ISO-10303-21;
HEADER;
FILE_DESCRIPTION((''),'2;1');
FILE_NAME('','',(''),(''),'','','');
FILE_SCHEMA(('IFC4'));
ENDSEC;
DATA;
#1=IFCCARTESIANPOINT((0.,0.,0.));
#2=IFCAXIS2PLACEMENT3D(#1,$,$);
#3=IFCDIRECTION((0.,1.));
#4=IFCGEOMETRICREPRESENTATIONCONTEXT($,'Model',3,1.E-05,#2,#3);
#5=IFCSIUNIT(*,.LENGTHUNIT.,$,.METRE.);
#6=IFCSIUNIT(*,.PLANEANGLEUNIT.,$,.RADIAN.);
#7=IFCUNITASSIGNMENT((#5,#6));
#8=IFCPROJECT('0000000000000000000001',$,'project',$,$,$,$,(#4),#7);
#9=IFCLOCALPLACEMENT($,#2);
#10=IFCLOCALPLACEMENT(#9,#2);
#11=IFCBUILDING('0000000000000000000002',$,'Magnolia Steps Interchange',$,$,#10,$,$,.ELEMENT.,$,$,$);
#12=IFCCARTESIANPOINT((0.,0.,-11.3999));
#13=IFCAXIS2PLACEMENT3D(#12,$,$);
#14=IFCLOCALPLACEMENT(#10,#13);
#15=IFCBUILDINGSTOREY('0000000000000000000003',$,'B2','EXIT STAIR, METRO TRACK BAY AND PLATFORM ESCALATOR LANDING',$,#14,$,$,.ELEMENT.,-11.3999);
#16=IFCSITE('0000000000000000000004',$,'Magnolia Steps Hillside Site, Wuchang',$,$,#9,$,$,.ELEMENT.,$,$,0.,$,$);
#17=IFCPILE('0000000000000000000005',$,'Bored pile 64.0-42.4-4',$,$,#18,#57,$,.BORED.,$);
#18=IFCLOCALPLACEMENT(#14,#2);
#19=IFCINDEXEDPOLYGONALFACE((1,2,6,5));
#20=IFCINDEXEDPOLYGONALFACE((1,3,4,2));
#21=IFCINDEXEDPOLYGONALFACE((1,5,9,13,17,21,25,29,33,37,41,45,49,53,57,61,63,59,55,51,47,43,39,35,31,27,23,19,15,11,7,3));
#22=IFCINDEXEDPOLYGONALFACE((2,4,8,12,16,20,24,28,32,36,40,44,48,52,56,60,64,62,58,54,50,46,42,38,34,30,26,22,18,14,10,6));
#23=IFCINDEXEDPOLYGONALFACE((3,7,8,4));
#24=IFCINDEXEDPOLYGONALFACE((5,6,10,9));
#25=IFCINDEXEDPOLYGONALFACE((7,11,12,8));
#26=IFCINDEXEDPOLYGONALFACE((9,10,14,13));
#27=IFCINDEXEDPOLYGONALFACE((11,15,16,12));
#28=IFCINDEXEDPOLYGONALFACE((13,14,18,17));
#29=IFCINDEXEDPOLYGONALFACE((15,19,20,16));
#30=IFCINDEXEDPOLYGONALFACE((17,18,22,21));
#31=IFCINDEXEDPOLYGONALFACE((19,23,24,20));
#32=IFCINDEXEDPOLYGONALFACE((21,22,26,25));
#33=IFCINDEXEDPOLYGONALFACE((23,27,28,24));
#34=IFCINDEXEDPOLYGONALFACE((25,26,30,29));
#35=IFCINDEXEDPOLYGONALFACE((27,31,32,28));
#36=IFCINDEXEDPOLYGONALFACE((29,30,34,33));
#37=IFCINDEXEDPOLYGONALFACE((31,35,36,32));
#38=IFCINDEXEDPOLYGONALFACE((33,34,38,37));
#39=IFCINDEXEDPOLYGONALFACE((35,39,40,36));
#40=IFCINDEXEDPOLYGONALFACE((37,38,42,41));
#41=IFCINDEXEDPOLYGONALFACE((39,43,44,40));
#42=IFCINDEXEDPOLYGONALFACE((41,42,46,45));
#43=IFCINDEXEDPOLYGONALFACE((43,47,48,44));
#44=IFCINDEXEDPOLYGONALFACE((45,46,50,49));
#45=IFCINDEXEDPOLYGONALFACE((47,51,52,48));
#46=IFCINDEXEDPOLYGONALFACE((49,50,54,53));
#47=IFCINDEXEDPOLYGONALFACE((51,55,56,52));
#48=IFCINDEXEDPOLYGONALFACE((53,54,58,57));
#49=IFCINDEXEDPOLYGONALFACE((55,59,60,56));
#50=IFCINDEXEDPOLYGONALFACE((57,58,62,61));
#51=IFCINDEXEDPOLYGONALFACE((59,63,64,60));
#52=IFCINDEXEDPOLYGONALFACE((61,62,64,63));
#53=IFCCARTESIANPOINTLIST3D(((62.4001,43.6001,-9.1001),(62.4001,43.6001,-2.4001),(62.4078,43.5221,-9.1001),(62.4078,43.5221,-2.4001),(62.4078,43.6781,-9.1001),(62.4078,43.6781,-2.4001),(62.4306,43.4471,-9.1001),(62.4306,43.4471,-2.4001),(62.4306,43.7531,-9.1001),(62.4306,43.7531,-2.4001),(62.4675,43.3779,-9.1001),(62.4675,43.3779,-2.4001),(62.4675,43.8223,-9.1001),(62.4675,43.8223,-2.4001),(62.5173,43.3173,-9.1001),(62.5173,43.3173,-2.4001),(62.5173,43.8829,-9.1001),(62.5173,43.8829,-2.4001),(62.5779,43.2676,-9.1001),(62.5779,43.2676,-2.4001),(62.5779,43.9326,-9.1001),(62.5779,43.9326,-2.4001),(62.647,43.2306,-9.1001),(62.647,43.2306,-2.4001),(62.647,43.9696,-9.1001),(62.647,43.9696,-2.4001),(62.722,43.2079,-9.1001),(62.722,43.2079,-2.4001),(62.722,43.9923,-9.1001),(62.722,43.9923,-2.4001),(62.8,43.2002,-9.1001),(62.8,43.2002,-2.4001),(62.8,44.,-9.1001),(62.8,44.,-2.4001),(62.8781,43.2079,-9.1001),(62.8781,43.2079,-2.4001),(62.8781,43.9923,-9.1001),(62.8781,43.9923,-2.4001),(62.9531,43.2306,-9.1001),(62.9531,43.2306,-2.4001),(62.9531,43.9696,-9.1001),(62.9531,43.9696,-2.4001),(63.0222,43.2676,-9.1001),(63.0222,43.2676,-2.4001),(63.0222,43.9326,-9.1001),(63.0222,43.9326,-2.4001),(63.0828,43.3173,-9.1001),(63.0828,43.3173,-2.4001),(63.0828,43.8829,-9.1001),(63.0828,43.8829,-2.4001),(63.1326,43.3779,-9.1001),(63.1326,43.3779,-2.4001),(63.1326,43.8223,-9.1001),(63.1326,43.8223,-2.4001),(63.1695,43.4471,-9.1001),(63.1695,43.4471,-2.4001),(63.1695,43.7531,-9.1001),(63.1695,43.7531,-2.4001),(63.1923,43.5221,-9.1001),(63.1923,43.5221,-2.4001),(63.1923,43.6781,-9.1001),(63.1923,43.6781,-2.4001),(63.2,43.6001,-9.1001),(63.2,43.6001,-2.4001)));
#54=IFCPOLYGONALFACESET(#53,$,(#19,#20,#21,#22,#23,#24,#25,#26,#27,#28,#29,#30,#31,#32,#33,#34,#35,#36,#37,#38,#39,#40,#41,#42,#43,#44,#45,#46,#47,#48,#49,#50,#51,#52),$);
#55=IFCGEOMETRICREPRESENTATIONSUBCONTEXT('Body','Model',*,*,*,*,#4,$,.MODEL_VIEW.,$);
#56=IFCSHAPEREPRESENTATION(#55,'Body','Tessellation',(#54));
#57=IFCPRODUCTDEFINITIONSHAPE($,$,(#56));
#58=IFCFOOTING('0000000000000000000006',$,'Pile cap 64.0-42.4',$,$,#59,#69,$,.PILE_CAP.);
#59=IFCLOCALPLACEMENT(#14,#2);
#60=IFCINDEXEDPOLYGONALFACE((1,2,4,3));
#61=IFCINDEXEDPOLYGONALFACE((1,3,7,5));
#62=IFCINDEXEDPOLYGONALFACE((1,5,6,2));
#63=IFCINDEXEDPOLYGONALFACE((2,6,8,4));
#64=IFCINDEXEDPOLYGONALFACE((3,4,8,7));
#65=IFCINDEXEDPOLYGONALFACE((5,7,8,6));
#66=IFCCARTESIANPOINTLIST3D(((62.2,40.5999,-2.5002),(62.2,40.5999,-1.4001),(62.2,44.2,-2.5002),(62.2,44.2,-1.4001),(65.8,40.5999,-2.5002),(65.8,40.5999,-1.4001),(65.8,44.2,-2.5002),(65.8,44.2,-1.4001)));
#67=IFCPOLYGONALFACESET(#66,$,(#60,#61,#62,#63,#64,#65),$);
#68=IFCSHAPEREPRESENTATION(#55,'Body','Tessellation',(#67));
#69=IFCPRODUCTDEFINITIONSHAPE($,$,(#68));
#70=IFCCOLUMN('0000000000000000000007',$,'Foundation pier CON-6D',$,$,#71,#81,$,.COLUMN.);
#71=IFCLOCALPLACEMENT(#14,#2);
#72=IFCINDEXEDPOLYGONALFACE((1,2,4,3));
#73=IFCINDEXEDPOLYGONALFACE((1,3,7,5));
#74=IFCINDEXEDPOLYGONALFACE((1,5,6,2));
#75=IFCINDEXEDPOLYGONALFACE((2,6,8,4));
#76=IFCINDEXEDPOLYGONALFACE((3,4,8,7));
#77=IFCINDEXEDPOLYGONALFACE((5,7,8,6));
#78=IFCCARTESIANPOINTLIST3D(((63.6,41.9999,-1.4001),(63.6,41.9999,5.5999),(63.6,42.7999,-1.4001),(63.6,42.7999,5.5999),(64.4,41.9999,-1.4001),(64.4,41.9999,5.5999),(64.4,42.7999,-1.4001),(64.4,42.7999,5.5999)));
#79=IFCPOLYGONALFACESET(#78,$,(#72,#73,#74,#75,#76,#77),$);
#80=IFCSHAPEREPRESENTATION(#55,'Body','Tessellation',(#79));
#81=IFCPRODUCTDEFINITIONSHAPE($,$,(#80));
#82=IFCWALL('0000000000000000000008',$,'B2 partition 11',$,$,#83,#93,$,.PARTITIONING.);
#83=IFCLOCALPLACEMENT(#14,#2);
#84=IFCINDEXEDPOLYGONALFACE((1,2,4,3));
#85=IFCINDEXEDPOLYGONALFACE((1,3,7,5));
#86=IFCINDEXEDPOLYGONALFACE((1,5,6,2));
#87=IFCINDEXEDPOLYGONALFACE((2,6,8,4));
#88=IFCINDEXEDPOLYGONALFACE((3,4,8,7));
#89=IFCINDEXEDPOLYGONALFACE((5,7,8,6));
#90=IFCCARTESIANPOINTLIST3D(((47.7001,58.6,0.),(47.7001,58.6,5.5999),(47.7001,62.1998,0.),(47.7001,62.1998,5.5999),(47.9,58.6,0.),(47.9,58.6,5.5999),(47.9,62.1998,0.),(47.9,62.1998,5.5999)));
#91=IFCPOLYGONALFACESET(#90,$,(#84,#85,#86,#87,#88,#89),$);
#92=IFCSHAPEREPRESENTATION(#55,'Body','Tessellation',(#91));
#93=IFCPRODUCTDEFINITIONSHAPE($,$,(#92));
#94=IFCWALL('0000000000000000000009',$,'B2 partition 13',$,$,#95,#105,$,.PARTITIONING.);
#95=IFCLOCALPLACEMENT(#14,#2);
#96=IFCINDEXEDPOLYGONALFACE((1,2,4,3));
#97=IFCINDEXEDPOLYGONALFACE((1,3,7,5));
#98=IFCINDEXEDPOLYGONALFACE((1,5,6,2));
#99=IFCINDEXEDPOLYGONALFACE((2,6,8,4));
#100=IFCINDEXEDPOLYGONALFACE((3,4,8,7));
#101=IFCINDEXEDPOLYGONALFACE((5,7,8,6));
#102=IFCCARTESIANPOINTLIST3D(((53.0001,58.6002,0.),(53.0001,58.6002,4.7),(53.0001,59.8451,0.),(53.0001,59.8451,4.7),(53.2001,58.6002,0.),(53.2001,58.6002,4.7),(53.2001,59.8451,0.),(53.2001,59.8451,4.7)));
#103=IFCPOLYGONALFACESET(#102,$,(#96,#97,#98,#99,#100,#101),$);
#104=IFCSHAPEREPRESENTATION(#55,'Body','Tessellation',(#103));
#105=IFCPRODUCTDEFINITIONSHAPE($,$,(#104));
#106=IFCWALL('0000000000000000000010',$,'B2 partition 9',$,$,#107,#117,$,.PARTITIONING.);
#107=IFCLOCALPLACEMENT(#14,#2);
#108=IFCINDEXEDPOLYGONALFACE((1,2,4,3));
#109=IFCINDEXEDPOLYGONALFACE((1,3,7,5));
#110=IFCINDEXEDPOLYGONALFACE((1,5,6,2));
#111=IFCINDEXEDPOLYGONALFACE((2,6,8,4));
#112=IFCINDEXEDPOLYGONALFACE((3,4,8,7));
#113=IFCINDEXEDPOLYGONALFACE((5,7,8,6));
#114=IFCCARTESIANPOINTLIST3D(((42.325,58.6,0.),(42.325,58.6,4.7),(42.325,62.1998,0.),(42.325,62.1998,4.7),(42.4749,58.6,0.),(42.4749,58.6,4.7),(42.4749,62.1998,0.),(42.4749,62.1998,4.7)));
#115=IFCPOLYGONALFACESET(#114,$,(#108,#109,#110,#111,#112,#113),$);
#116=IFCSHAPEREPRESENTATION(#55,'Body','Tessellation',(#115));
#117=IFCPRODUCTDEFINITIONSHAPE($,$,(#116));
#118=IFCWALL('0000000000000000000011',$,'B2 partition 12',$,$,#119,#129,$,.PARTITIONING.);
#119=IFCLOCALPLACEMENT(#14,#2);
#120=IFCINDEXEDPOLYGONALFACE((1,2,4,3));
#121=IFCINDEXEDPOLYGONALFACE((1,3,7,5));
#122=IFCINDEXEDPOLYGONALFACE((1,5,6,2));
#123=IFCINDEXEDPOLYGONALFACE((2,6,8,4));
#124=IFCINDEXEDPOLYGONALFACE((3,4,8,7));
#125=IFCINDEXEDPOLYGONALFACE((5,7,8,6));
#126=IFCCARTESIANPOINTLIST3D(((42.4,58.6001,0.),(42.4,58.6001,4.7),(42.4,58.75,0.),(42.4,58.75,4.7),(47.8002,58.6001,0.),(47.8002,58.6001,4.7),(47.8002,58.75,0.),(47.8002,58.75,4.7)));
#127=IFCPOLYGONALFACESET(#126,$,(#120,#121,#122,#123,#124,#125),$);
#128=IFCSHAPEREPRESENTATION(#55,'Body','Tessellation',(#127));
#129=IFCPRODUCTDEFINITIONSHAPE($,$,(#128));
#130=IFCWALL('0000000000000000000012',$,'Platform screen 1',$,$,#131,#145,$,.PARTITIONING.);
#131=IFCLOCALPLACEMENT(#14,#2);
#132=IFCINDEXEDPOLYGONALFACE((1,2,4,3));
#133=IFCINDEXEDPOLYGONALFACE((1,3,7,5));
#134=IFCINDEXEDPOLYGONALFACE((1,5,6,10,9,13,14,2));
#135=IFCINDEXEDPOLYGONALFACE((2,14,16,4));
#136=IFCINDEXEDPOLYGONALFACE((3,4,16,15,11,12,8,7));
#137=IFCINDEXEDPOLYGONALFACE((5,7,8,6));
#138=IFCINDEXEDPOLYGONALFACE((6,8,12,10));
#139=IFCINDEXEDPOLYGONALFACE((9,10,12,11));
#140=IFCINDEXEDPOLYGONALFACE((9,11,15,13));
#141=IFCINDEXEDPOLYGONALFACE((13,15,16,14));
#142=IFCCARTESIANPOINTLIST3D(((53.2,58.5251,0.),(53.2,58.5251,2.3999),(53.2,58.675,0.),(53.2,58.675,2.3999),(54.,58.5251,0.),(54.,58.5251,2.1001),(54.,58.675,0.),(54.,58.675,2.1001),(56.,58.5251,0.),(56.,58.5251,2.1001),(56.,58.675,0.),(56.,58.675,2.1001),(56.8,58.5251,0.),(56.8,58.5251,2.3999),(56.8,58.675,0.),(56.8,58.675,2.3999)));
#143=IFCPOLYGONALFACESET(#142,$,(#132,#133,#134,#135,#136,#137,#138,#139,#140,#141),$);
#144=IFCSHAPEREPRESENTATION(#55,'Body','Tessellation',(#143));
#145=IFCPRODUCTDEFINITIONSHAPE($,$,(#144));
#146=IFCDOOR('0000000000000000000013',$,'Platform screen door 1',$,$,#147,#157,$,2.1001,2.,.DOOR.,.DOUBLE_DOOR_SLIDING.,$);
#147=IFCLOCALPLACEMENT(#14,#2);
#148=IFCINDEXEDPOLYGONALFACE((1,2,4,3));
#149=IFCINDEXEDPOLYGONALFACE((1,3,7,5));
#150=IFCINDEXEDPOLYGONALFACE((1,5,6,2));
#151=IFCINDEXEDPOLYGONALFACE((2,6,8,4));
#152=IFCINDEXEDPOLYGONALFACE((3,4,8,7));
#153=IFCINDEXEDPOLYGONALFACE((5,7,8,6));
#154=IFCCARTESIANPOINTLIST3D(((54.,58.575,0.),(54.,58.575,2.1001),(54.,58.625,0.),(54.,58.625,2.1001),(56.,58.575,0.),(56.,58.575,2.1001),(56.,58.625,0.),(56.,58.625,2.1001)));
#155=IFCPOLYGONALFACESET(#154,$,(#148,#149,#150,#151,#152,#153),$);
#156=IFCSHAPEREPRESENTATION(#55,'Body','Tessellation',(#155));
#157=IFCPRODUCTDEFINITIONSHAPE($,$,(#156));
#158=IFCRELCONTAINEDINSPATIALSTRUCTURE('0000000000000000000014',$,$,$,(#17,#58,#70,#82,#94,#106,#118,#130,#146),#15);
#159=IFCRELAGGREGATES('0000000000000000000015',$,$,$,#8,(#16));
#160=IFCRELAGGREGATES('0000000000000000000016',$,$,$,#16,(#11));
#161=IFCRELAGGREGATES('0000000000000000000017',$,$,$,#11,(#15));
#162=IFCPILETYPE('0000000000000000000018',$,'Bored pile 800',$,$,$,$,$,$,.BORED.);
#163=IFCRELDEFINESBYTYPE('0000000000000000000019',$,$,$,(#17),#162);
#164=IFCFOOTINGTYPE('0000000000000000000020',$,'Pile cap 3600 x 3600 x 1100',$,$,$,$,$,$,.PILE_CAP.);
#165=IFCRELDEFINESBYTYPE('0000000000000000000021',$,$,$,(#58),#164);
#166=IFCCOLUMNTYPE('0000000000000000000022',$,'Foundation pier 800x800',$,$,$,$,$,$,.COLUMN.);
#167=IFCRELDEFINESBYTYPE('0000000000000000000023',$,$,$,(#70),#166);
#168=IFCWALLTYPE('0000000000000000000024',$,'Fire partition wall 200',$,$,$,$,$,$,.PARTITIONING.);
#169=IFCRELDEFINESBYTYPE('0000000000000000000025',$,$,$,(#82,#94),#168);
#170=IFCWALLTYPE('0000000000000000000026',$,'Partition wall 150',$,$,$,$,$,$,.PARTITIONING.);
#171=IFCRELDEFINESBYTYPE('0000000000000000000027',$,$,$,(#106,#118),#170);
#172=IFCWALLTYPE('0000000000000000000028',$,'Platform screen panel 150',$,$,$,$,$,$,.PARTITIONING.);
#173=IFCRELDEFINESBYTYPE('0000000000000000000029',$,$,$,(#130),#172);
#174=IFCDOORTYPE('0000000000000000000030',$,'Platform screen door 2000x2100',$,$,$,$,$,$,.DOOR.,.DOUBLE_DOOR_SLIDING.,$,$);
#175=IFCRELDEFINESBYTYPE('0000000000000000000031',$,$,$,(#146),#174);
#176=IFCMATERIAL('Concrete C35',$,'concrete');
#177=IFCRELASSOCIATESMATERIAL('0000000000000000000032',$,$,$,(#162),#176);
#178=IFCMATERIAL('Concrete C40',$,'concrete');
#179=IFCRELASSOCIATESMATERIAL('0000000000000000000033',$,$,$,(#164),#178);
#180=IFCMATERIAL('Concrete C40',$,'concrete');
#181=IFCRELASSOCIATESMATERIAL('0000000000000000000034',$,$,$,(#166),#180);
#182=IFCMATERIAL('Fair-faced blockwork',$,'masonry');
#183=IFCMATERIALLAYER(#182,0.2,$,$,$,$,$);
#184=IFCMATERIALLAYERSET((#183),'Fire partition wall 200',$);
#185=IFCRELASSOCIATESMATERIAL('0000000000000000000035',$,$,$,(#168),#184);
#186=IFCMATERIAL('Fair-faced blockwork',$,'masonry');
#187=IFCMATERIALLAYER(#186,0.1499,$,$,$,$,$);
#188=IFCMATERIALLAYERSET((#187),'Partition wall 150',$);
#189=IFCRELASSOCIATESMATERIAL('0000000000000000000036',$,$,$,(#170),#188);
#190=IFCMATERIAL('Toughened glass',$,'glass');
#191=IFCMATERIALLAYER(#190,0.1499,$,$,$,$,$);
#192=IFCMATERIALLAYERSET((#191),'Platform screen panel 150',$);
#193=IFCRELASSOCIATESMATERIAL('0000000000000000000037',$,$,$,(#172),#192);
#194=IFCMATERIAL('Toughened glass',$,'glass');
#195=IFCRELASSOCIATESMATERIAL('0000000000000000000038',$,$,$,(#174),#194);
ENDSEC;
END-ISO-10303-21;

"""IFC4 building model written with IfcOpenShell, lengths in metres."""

from ifc_helpers import new_model, si_unit, direction, frame, frame_2d, origin, origin_2d, place, context, subcontext, project, spatial, rectangle, circle, extrude, material, layer, layer_set, material_profile, profile_set, type_object, element, fill, save


model = new_model("IFC4")

# Units and contexts
model_context = context("Model", 3, precision=1e-05, world=origin(), true_north=direction((0.0, 1.0)))
body_context = subcontext(model_context, "Body", "Model", "MODEL_VIEW")
ifc_project = project(units=[si_unit("LENGTHUNIT", "METRE"), si_unit("PLANEANGLEUNIT", "RADIAN")], contexts=[model_context])

# Site, building, storey
site_placement = place(None, origin())
site = spatial("IfcSite", under=ifc_project, at=site_placement, Name="Magnolia Steps Hillside Site, Wuchang", CompositionType="ELEMENT", RefElevation=0.0)
building_placement = place(site_placement, origin())
building = spatial("IfcBuilding", under=site, at=building_placement, Name="Magnolia Steps Interchange", CompositionType="ELEMENT")
storey_placement = place(building_placement, frame((0.0, 0.0, -11.3999)))
storey = spatial("IfcBuildingStorey", under=building, at=storey_placement, Name="B2", Description="EXIT STAIR, METRO TRACK BAY AND PLATFORM ESCALATOR LANDING", CompositionType="ELEMENT", Elevation=-11.3999)

# Pile
ifc_material_1 = material(Name="Concrete C35", Category="concrete")
ifc_material_profile_1 = material_profile(ifc_material_1, circle(Radius=0.3999, at=origin_2d()), Name="Bored pile 800")
ifc_profile_set_1 = profile_set([ifc_material_profile_1], Name="Concrete C35")
pile_type_1 = type_object("IfcPileType", Name="Bored pile 800", PredefinedType="BORED", material=ifc_profile_set_1)
for number, where, z_axis, x_axis, name in (
    (1, (62.8, 43.6001, -2.4001), (0.0, 0.0, -1.0), (1.0, 0.0, 0.0), "Bored pile 64.0-42.4-4"),
):
    element("IfcPile", number, at=place(storey_placement, frame(where, z_axis=z_axis, x_axis=x_axis)), inside=storey, type_object=pile_type_1, Name=name, PredefinedType="BORED", context=body_context, shape_type="SweptSolid", body=[
        extrude(circle(Radius=0.3999, at=origin_2d()), origin(), (0.0, 0.0, 1.0), 6.7),
    ])

# Footing
ifc_material_2 = material(Name="Concrete C40", Category="concrete")
footing_type = type_object("IfcFootingType", Name="Pile cap 3600 x 3600 x 1100", PredefinedType="PILE_CAP", material=ifc_material_2)
footing_placement = place(storey_placement, frame((64.0, 42.3999, -2.5002), z_axis=(0.0, 0.0, 1.0), x_axis=(1.0, 0.0, 0.0)))
element("IfcFooting", 2, at=footing_placement, inside=storey, type_object=footing_type, Name="Pile cap 64.0-42.4", PredefinedType="PILE_CAP", context=body_context, shape_type="SweptSolid", body=[
    extrude(rectangle(XDim=3.6001, YDim=3.6001, at=origin_2d()), origin(), (0.0, 0.0, 1.0), 1.1001),
])

# Column
ifc_material_3 = material(Name="Concrete C40", Category="concrete")
ifc_material_profile_2 = material_profile(ifc_material_3, rectangle(XDim=0.8, YDim=0.8, at=origin_2d()), Name="RC800x800")
ifc_profile_set_2 = profile_set([ifc_material_profile_2], Name="Concrete C40")
column_type = type_object("IfcColumnType", Name="Foundation pier 800x800", PredefinedType="COLUMN", material=ifc_profile_set_2)
column_placement = place(storey_placement, frame((64.0, 42.3999, -1.4001), z_axis=(0.0, 0.0, 1.0), x_axis=(1.0, 0.0, 0.0)))
element("IfcColumn", 3, at=column_placement, inside=storey, type_object=column_type, Name="Foundation pier CON-6D", PredefinedType="COLUMN", context=body_context, shape_type="SweptSolid", body=[
    extrude(rectangle(XDim=0.8, YDim=0.8, at=origin_2d()), origin(), (0.0, 0.0, 1.0), 7.0),
])

# Walls
ifc_material_4 = material(Name="Fair-faced blockwork", Category="masonry")
ifc_layer_1 = layer(ifc_material_4, 0.2)
ifc_layer_set_1 = layer_set([ifc_layer_1], Name="Fire partition wall 200")
wall_type_1 = type_object("IfcWallType", Name="Fire partition wall 200", PredefinedType="PARTITIONING", material=ifc_layer_set_1)
wall_1_placement = place(storey_placement, frame((47.8, 58.6001, 0.0), z_axis=(0.0, 0.0, 1.0), x_axis=(0.0, 1.0, 0.0)))
element("IfcWall", 4, at=wall_1_placement, inside=storey, type_object=wall_type_1, Name="B2 partition 11", PredefinedType="PARTITIONING", context=body_context, shape_type="SweptSolid", body=[
    extrude(rectangle(XDim=3.5999, YDim=0.2, at=frame_2d((1.7998, 0.0))), origin(), (0.0, 0.0, 1.0), 5.5999),
])
wall_2_placement = place(storey_placement, frame((53.1001, 58.6001, 0.0), z_axis=(0.0, 0.0, 1.0), x_axis=(0.0, 1.0, 0.0)))
element("IfcWall", 5, at=wall_2_placement, inside=storey, type_object=wall_type_1, Name="B2 partition 13", PredefinedType="PARTITIONING", context=body_context, shape_type="SweptSolid", body=[
    extrude(rectangle(XDim=1.2449, YDim=0.2, at=frame_2d((0.6226, 0.0))), origin(), (0.0, 0.0, 1.0), 4.7),
])
ifc_material_5 = material(Name="Fair-faced blockwork", Category="masonry")
ifc_layer_2 = layer(ifc_material_5, 0.1499)
ifc_layer_set_2 = layer_set([ifc_layer_2], Name="Partition wall 150")
wall_type_2 = type_object("IfcWallType", Name="Partition wall 150", PredefinedType="PARTITIONING", material=ifc_layer_set_2)
wall_3_placement = place(storey_placement, frame((42.3999, 58.6001, 0.0), z_axis=(0.0, 0.0, 1.0), x_axis=(0.0, 1.0, 0.0)))
element("IfcWall", 6, at=wall_3_placement, inside=storey, type_object=wall_type_2, Name="B2 partition 9", PredefinedType="PARTITIONING", context=body_context, shape_type="SweptSolid", body=[
    extrude(rectangle(XDim=3.5999, YDim=0.1499, at=frame_2d((1.7998, 0.0))), origin(), (0.0, 0.0, 1.0), 4.7),
])
wall_4_placement = place(storey_placement, frame((42.3999, 58.675, 0.0), z_axis=(0.0, 0.0, 1.0), x_axis=(1.0, 0.0, 0.0)))
element("IfcWall", 7, at=wall_4_placement, inside=storey, type_object=wall_type_2, Name="B2 partition 12", PredefinedType="PARTITIONING", context=body_context, shape_type="SweptSolid", body=[
    extrude(rectangle(XDim=5.4001, YDim=0.1499, at=frame_2d((2.7002, 0.0))), origin(), (0.0, 0.0, 1.0), 4.7),
])

# Wall, opening, door
ifc_material_6 = material(Name="Toughened glass", Category="glass")
ifc_layer_3 = layer(ifc_material_6, 0.1499)
ifc_layer_set_3 = layer_set([ifc_layer_3], Name="Platform screen panel 150")
wall_type_3 = type_object("IfcWallType", Name="Platform screen panel 150", PredefinedType="PARTITIONING", material=ifc_layer_set_3)
wall_5_placement = place(storey_placement, frame((53.2, 58.6001, 0.0), z_axis=(0.0, 0.0, 1.0), x_axis=(1.0, 0.0, 0.0)))
wall_5 = element("IfcWall", 8, at=wall_5_placement, inside=storey, type_object=wall_type_3, Name="Platform screen 1", PredefinedType="PARTITIONING", context=body_context, shape_type="SweptSolid", body=[
    extrude(rectangle(XDim=3.6001, YDim=0.1499, at=frame_2d((1.8, 0.0))), origin(), (0.0, 0.0, 1.0), 2.3999),
])
opening_1_placement = place(wall_5_placement, frame((0.8, 0.0, 0.0)))
opening_1 = element("IfcOpeningElement", 9, at=opening_1_placement, cuts=wall_5, PredefinedType="OPENING", context=body_context, shape_type="SweptSolid", body=[
    extrude(rectangle(XDim=2.0, YDim=2.1001, at=frame_2d((1.0, 1.05))), frame((0.0, 0.085, 0.0), z_axis=(0.0, -1.0, 0.0), x_axis=(1.0, 0.0, 0.0)), (0.0, 0.0, 1.0), 0.1699),
])
ifc_material_7 = material(Name="Toughened glass", Category="glass")
door_type = type_object("IfcDoorType", Name="Platform screen door 2000x2100", OperationType="DOUBLE_DOOR_SLIDING", PredefinedType="DOOR", material=ifc_material_7)
door_1_placement = place(opening_1_placement, origin())
door_1 = element("IfcDoor", 10, at=door_1_placement, inside=storey, type_object=door_type, Name="Platform screen door 1", OperationType="DOUBLE_DOOR_SLIDING", OverallHeight=2.1001, OverallWidth=2.0, PredefinedType="DOOR", context=body_context, shape_type="SweptSolid", body=[
    extrude(rectangle(XDim=2.0, YDim=2.1001, at=frame_2d((1.0, 1.05))), frame((0.0, 0.0249, 0.0), z_axis=(0.0, -1.0, 0.0), x_axis=(1.0, 0.0, 0.0)), (0.0, 0.0, 1.0), 0.05),
])
fill(opening_1, door_1)

save(model, "model.ifc")
